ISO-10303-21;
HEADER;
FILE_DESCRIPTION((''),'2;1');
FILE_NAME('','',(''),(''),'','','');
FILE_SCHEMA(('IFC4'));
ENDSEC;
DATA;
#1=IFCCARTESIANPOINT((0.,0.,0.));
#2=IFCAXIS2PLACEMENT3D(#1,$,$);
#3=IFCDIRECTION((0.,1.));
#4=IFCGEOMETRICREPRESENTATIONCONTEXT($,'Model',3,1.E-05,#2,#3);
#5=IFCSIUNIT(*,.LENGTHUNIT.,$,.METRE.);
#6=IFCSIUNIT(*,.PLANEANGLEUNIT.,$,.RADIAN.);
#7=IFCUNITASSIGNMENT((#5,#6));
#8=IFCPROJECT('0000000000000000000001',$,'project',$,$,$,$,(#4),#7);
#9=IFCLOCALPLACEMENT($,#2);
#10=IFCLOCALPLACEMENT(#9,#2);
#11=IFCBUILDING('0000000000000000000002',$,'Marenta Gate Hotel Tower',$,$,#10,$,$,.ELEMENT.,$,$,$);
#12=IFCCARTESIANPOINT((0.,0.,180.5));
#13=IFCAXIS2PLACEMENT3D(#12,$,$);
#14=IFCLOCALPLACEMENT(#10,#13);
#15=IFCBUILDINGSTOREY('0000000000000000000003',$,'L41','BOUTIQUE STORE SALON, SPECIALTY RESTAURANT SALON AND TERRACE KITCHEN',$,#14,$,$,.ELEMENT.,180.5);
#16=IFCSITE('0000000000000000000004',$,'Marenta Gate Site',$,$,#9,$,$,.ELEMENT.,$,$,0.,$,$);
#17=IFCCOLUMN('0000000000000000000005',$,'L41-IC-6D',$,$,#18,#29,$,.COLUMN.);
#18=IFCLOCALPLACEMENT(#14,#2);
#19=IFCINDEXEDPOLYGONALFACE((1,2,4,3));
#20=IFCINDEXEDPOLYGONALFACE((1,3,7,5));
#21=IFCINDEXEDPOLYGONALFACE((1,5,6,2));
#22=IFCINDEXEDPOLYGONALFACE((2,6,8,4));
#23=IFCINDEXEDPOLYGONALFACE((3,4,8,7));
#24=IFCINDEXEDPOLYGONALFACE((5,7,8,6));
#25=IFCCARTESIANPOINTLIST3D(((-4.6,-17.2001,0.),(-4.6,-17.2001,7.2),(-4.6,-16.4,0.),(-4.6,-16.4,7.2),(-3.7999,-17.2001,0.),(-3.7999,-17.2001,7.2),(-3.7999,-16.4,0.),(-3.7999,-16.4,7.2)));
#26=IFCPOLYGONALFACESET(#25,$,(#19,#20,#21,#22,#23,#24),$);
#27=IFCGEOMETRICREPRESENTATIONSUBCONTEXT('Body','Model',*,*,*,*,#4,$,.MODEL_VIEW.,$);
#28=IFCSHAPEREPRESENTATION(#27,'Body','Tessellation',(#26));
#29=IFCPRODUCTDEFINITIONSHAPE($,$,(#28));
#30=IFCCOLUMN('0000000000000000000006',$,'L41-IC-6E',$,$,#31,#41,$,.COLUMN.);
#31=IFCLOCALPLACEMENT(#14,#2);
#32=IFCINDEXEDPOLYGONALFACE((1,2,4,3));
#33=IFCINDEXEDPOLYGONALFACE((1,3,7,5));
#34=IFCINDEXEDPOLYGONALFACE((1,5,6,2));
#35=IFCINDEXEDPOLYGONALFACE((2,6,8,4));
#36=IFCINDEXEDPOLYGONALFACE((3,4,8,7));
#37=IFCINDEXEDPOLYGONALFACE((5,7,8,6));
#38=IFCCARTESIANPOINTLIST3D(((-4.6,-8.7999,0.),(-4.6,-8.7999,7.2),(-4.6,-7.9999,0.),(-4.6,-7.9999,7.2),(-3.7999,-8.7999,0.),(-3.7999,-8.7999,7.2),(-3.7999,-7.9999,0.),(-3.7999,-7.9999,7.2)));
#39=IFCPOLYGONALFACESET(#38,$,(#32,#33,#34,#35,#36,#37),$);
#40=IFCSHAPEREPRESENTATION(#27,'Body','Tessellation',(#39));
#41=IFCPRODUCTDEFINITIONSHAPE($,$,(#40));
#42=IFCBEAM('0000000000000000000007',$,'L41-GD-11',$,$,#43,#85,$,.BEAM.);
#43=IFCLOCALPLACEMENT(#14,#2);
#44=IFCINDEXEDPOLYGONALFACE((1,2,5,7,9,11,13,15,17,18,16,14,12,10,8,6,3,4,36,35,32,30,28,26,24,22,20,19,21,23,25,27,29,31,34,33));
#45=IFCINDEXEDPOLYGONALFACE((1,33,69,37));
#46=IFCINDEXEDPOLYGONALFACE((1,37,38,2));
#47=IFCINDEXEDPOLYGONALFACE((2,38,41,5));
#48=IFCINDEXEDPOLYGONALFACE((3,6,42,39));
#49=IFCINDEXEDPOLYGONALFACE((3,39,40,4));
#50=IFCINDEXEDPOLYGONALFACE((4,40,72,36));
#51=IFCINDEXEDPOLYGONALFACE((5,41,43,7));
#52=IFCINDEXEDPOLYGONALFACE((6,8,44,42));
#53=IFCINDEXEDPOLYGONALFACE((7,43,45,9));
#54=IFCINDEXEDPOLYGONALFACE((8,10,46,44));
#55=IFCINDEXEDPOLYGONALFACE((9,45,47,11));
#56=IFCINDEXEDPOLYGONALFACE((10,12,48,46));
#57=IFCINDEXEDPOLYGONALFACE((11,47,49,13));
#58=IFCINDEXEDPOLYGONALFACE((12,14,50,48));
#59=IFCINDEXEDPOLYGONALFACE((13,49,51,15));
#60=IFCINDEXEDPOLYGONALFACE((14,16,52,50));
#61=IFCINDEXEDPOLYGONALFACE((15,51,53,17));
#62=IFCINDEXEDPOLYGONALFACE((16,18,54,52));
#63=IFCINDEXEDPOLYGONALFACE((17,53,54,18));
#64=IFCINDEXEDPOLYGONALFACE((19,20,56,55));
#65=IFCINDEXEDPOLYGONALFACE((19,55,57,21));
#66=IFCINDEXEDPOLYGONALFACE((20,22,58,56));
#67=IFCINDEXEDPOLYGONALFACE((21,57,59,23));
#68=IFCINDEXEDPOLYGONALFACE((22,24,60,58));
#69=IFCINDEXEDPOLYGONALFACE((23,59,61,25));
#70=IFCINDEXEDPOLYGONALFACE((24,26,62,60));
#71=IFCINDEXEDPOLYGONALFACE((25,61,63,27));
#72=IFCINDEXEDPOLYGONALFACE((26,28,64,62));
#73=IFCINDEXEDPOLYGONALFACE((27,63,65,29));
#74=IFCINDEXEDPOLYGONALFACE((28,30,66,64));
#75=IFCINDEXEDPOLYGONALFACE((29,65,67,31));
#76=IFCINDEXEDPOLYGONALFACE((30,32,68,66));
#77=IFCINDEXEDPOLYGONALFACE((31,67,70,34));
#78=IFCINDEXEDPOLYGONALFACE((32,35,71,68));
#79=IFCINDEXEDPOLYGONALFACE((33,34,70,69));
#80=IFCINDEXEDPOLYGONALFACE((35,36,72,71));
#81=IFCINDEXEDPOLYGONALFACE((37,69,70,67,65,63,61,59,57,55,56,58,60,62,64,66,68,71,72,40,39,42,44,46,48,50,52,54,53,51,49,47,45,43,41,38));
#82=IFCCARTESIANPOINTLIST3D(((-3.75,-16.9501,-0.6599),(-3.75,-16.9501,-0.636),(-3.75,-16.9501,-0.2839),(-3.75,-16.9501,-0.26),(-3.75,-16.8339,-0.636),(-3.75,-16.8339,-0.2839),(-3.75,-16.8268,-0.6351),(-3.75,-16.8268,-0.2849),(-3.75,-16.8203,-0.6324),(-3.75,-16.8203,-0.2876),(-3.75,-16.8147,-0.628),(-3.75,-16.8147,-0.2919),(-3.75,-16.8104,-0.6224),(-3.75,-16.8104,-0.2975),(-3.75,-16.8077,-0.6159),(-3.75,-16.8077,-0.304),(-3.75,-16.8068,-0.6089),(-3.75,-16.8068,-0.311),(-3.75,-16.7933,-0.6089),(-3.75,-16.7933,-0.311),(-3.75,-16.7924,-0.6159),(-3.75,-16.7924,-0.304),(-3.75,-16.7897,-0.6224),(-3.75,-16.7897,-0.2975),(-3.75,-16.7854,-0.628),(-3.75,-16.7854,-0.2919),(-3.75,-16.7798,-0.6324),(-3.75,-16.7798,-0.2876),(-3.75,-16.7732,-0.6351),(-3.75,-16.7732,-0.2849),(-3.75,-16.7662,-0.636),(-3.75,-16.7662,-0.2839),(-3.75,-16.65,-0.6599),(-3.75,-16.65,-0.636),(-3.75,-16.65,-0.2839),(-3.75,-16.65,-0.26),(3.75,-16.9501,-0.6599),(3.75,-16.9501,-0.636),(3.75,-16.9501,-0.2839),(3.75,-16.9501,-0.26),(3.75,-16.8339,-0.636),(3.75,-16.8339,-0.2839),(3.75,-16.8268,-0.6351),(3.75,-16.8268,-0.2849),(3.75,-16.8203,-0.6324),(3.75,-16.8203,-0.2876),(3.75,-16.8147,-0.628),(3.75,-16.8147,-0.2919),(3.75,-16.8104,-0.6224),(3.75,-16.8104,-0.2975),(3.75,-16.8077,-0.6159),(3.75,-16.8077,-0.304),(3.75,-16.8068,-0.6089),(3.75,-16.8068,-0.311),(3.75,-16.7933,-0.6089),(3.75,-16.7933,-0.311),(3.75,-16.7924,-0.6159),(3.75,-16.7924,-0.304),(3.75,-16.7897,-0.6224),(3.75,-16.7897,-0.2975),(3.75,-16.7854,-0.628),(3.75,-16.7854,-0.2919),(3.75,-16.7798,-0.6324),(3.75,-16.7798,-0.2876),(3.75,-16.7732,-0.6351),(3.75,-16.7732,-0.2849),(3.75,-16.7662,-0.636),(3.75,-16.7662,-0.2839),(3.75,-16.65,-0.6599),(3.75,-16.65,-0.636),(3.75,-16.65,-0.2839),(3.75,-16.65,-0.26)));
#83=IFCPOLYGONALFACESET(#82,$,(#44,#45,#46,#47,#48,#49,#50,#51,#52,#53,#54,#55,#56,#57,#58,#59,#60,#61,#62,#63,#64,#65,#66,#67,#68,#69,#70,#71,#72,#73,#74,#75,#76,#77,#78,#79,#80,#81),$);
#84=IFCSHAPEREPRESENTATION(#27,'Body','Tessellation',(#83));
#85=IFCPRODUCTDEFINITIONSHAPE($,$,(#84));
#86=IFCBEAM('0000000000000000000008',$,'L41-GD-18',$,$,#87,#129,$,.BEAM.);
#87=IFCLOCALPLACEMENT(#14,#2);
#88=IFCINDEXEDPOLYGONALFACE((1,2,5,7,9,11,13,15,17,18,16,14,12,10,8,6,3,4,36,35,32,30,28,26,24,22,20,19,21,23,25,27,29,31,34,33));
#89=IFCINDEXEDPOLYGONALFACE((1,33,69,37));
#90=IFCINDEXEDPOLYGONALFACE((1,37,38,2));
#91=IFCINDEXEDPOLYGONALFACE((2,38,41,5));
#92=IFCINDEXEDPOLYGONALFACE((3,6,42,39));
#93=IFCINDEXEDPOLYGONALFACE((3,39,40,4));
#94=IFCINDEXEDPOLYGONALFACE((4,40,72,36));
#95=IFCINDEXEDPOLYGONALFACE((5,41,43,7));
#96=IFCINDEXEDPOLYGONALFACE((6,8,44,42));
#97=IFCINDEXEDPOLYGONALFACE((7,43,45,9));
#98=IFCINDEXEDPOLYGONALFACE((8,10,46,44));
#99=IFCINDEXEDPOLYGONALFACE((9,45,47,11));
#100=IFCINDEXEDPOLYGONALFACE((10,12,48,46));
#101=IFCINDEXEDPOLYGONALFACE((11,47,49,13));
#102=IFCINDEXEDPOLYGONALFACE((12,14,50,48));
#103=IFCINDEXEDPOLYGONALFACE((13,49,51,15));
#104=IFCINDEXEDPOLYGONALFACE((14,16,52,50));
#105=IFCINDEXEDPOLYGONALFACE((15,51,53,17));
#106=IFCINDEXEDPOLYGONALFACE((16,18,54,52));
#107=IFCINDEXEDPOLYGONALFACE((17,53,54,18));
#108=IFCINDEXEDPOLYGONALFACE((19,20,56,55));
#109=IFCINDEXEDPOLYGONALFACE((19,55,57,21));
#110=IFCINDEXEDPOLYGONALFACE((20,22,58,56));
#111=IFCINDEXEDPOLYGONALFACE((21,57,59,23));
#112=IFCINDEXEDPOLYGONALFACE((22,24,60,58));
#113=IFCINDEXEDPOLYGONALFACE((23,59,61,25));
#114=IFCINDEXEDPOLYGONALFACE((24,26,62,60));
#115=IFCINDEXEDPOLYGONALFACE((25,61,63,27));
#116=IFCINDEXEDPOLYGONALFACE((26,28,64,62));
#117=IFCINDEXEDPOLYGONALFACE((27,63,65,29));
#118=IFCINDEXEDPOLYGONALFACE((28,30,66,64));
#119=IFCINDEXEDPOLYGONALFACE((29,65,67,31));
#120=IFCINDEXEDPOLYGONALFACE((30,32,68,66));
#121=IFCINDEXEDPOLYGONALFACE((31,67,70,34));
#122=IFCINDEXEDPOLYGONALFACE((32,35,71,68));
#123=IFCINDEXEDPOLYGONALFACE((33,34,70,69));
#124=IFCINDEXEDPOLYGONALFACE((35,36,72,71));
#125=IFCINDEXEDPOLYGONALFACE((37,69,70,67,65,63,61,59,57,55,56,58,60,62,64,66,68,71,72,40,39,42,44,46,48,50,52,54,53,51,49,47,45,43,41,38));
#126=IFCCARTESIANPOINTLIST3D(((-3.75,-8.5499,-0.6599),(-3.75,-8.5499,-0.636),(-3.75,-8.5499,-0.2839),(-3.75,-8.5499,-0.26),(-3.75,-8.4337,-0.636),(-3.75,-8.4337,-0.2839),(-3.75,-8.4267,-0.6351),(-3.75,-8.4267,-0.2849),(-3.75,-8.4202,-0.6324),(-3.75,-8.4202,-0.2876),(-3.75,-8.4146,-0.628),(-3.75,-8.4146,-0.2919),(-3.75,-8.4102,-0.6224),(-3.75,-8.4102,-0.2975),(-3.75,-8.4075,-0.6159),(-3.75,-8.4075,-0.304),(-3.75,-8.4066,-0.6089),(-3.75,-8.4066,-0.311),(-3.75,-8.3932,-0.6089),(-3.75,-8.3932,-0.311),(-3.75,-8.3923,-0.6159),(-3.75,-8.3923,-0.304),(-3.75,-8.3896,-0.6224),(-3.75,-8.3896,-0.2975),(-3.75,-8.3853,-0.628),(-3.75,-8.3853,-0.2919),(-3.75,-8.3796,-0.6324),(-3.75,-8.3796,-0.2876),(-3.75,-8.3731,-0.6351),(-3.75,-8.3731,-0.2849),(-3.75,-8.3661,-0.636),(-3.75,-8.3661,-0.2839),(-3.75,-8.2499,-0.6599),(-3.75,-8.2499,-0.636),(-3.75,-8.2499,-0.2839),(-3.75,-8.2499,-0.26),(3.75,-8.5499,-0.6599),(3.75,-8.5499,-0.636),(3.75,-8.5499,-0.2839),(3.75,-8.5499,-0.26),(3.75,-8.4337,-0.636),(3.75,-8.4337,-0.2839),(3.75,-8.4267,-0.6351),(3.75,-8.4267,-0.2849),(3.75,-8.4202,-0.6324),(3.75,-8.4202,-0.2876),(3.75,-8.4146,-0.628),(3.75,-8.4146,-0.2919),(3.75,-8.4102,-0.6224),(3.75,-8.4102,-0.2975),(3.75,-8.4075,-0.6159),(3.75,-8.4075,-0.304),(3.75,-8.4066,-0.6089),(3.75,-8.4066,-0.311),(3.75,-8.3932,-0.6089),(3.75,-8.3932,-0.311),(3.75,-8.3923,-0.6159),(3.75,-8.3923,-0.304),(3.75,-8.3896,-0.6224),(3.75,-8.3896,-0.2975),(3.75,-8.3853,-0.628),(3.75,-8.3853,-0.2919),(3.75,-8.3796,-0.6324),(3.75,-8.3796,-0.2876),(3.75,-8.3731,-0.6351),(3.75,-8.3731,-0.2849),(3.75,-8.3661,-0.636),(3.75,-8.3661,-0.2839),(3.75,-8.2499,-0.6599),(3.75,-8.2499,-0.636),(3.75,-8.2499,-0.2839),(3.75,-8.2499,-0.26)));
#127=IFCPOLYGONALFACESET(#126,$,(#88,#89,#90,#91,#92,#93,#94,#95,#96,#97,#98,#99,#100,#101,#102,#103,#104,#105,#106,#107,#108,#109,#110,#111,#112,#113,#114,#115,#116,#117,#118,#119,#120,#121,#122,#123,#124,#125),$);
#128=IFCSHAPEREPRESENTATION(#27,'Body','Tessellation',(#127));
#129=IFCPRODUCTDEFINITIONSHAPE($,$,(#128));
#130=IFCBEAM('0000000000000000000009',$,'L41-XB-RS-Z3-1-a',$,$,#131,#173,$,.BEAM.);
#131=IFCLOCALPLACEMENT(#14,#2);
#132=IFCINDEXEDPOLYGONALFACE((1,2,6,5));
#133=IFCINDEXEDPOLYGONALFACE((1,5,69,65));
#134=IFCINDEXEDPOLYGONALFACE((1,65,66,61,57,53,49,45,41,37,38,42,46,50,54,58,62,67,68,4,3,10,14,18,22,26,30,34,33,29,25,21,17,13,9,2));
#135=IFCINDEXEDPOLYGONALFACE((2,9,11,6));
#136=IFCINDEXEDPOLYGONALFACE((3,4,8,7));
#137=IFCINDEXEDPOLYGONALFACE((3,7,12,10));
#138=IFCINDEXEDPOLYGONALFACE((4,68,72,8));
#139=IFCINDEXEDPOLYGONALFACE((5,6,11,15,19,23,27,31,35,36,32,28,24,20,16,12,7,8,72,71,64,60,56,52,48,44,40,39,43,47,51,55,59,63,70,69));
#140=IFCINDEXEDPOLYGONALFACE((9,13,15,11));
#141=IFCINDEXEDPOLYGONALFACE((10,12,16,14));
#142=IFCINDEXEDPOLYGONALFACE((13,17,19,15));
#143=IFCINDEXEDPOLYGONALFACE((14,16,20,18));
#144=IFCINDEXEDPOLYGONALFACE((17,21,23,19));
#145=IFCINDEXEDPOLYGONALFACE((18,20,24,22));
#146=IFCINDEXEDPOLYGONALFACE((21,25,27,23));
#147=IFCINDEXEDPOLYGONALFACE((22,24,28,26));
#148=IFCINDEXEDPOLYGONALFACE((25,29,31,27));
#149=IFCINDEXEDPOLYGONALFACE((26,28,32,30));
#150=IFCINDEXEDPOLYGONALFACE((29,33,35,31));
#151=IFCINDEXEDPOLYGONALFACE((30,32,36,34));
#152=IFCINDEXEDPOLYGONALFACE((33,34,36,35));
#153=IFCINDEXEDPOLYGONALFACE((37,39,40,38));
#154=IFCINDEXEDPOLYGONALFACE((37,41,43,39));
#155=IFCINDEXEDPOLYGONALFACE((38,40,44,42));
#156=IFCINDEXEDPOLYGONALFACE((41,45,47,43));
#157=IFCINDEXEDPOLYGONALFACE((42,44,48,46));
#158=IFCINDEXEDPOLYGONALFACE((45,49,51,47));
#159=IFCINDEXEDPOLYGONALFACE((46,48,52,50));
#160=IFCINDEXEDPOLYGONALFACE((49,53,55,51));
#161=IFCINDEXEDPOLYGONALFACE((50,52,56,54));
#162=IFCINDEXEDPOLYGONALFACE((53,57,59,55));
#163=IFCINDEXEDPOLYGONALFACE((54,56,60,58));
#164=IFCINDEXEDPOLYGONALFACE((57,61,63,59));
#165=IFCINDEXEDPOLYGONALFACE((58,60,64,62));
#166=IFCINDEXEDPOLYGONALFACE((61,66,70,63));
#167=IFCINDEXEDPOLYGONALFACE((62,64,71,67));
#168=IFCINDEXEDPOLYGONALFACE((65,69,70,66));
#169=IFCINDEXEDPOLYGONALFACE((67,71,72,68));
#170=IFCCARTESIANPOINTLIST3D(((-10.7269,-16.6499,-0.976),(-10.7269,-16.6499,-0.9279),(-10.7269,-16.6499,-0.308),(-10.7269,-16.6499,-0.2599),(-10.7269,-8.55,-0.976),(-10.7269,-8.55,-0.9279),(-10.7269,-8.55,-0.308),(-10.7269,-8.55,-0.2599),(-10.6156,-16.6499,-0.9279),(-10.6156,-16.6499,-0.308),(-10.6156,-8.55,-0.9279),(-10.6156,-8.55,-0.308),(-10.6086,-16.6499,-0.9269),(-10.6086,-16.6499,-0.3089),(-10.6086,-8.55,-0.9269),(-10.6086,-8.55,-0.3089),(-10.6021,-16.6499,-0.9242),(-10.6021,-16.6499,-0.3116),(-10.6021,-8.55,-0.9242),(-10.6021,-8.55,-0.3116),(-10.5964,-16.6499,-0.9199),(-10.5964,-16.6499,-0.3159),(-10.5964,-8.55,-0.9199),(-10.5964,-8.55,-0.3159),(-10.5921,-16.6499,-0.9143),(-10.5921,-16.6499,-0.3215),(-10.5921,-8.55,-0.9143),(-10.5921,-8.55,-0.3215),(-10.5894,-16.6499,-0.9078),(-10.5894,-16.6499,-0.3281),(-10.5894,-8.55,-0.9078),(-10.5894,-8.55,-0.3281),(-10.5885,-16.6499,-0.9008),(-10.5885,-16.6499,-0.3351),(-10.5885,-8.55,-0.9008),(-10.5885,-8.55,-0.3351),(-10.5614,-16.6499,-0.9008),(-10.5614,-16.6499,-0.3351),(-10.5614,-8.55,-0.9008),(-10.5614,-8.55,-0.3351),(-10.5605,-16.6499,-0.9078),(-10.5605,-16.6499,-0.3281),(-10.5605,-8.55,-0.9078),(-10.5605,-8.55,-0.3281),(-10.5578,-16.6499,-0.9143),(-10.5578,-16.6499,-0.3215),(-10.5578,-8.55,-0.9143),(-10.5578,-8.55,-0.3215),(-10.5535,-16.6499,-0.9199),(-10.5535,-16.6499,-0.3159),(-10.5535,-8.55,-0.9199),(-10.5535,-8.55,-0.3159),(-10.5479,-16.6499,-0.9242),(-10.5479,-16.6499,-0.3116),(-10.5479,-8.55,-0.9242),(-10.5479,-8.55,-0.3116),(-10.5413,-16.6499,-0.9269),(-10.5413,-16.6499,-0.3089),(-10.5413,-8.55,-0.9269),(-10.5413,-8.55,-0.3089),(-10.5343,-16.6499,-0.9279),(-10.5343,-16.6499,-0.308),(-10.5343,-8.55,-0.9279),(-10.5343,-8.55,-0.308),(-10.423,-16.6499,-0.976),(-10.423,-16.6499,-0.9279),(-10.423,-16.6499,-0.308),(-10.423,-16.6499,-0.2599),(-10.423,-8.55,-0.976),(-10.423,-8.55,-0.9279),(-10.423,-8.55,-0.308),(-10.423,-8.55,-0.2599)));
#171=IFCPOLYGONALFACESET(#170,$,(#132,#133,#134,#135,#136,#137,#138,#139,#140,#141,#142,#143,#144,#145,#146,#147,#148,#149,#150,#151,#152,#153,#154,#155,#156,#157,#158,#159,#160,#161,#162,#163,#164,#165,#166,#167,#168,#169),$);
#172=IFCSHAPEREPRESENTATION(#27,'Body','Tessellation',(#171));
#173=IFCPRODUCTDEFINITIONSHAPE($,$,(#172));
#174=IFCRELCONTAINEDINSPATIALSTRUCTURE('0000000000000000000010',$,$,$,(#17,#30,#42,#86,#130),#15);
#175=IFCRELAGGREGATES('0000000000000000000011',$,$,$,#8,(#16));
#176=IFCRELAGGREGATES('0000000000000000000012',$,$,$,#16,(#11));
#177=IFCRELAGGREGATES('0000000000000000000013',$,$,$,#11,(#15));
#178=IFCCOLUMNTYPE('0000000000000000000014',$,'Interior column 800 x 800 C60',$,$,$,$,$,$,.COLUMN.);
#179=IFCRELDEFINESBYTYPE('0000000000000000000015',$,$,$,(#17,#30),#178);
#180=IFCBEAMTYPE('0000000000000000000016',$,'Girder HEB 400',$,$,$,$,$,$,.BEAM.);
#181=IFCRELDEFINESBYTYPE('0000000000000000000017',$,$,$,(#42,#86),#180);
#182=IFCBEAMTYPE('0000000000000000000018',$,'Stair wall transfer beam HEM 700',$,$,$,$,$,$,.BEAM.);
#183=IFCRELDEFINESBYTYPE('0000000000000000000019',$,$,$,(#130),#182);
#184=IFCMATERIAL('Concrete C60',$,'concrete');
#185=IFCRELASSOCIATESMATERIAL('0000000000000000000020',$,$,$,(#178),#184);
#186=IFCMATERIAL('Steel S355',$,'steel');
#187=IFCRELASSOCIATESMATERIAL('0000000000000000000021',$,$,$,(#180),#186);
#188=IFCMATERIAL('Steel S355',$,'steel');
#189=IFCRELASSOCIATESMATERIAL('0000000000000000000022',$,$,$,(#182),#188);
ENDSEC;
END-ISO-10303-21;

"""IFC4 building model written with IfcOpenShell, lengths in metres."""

from ifc_helpers import new_model, si_unit, direction, frame, origin, origin_2d, place, context, subcontext, project, spatial, rectangle, i_section, extrude, material, material_profile, profile_set, type_object, element, save


model = new_model("IFC4")

# Units and contexts
model_context = context("Model", 3, precision=1e-05, world=origin(), true_north=direction((0.0, 1.0)))
body_context = subcontext(model_context, "Body", "Model", "MODEL_VIEW")
ifc_project = project(units=[si_unit("LENGTHUNIT", "METRE"), si_unit("PLANEANGLEUNIT", "RADIAN")], contexts=[model_context])

# Site, building, storey
site_placement = place(None, origin())
site = spatial("IfcSite", under=ifc_project, at=site_placement, Name="Marenta Gate Site", CompositionType="ELEMENT", RefElevation=0.0)
building_placement = place(site_placement, origin())
building = spatial("IfcBuilding", under=site, at=building_placement, Name="Marenta Gate Hotel Tower", CompositionType="ELEMENT")
storey_placement = place(building_placement, frame((0.0, 0.0, 180.5)))
storey = spatial("IfcBuildingStorey", under=building, at=storey_placement, Name="L41", Description="BOUTIQUE STORE SALON, SPECIALTY RESTAURANT SALON AND TERRACE KITCHEN", CompositionType="ELEMENT", Elevation=180.5)

# Columns
ifc_material_1 = material(Name="Concrete C60", Category="concrete")
ifc_material_profile_1 = material_profile(ifc_material_1, rectangle(XDim=0.8, YDim=0.8, at=origin_2d()), Name="800 x 800")
ifc_profile_set_1 = profile_set([ifc_material_profile_1], Name="Concrete C60")
column_type = type_object("IfcColumnType", Name="Interior column 800 x 800 C60", PredefinedType="COLUMN", material=ifc_profile_set_1)
for number, where, z_axis, x_axis, name in (
    (1, (-4.2, -16.8, 0.0), (0.0, 0.0, 1.0), (1.0, 0.0, 0.0), "L41-IC-6D"),
    (2, (-4.2, -8.3999, 0.0), (0.0, 0.0, 1.0), (1.0, 0.0, 0.0), "L41-IC-6E"),
):
    element("IfcColumn", number, at=place(storey_placement, frame(where, z_axis=z_axis, x_axis=x_axis)), inside=storey, type_object=column_type, Name=name, PredefinedType="COLUMN", context=body_context, shape_type="SweptSolid", body=[
        extrude(rectangle(XDim=0.8, YDim=0.8, at=origin_2d()), origin(), (0.0, 0.0, 1.0), 7.2),
    ])

# Beams
ifc_material_2 = material(Name="Steel S355", Category="steel")
ifc_material_profile_2 = material_profile(ifc_material_2, i_section(OverallWidth=0.3, OverallDepth=0.3999, WebThickness=0.0134, FlangeThickness=0.0239, FilletRadius=0.0271, at=origin_2d()), Name="HEB 400")
ifc_profile_set_2 = profile_set([ifc_material_profile_2], Name="Steel S355")
beam_type_1 = type_object("IfcBeamType", Name="Girder HEB 400", PredefinedType="BEAM", material=ifc_profile_set_2)
for number, where, z_axis, x_axis, name in (
    (3, (-3.75, -16.8, -0.46), (1.0, 0.0, 0.0), (0.0, 1.0, 0.0), "L41-GD-11"),
    (4, (-3.75, -8.3999, -0.46), (1.0, 0.0, 0.0), (0.0, 1.0, 0.0), "L41-GD-18"),
):
    element("IfcBeam", number, at=place(storey_placement, frame(where, z_axis=z_axis, x_axis=x_axis)), inside=storey, type_object=beam_type_1, Name=name, PredefinedType="BEAM", context=body_context, shape_type="SweptSolid", body=[
        extrude(i_section(OverallWidth=0.3, OverallDepth=0.3999, WebThickness=0.0134, FlangeThickness=0.0239, FilletRadius=0.0271, at=origin_2d()), origin(), (0.0, 0.0, 1.0), 7.5),
    ])
ifc_material_3 = material(Name="Steel S355", Category="steel")
ifc_material_profile_3 = material_profile(ifc_material_3, i_section(OverallWidth=0.304, OverallDepth=0.7161, WebThickness=0.0271, FlangeThickness=0.0481, FilletRadius=0.0271, at=origin_2d()), Name="HEM 700")
ifc_profile_set_3 = profile_set([ifc_material_profile_3], Name="Steel S355")
beam_type_2 = type_object("IfcBeamType", Name="Stair wall transfer beam HEM 700", PredefinedType="BEAM", material=ifc_profile_set_3)
for number, where, z_axis, x_axis, name in (
    (5, (-10.575, -16.6499, -0.6179), (0.0, 1.0, 0.0), (-1.0, 0.0, 0.0), "L41-XB-RS-Z3-1-a"),
):
    element("IfcBeam", number, at=place(storey_placement, frame(where, z_axis=z_axis, x_axis=x_axis)), inside=storey, type_object=beam_type_2, Name=name, PredefinedType="BEAM", context=body_context, shape_type="SweptSolid", body=[
        extrude(i_section(OverallWidth=0.304, OverallDepth=0.7161, WebThickness=0.0271, FlangeThickness=0.0481, FilletRadius=0.0271, at=origin_2d()), origin(), (0.0, 0.0, 1.0), 8.0999),
    ])

save(model, "model.ifc")
